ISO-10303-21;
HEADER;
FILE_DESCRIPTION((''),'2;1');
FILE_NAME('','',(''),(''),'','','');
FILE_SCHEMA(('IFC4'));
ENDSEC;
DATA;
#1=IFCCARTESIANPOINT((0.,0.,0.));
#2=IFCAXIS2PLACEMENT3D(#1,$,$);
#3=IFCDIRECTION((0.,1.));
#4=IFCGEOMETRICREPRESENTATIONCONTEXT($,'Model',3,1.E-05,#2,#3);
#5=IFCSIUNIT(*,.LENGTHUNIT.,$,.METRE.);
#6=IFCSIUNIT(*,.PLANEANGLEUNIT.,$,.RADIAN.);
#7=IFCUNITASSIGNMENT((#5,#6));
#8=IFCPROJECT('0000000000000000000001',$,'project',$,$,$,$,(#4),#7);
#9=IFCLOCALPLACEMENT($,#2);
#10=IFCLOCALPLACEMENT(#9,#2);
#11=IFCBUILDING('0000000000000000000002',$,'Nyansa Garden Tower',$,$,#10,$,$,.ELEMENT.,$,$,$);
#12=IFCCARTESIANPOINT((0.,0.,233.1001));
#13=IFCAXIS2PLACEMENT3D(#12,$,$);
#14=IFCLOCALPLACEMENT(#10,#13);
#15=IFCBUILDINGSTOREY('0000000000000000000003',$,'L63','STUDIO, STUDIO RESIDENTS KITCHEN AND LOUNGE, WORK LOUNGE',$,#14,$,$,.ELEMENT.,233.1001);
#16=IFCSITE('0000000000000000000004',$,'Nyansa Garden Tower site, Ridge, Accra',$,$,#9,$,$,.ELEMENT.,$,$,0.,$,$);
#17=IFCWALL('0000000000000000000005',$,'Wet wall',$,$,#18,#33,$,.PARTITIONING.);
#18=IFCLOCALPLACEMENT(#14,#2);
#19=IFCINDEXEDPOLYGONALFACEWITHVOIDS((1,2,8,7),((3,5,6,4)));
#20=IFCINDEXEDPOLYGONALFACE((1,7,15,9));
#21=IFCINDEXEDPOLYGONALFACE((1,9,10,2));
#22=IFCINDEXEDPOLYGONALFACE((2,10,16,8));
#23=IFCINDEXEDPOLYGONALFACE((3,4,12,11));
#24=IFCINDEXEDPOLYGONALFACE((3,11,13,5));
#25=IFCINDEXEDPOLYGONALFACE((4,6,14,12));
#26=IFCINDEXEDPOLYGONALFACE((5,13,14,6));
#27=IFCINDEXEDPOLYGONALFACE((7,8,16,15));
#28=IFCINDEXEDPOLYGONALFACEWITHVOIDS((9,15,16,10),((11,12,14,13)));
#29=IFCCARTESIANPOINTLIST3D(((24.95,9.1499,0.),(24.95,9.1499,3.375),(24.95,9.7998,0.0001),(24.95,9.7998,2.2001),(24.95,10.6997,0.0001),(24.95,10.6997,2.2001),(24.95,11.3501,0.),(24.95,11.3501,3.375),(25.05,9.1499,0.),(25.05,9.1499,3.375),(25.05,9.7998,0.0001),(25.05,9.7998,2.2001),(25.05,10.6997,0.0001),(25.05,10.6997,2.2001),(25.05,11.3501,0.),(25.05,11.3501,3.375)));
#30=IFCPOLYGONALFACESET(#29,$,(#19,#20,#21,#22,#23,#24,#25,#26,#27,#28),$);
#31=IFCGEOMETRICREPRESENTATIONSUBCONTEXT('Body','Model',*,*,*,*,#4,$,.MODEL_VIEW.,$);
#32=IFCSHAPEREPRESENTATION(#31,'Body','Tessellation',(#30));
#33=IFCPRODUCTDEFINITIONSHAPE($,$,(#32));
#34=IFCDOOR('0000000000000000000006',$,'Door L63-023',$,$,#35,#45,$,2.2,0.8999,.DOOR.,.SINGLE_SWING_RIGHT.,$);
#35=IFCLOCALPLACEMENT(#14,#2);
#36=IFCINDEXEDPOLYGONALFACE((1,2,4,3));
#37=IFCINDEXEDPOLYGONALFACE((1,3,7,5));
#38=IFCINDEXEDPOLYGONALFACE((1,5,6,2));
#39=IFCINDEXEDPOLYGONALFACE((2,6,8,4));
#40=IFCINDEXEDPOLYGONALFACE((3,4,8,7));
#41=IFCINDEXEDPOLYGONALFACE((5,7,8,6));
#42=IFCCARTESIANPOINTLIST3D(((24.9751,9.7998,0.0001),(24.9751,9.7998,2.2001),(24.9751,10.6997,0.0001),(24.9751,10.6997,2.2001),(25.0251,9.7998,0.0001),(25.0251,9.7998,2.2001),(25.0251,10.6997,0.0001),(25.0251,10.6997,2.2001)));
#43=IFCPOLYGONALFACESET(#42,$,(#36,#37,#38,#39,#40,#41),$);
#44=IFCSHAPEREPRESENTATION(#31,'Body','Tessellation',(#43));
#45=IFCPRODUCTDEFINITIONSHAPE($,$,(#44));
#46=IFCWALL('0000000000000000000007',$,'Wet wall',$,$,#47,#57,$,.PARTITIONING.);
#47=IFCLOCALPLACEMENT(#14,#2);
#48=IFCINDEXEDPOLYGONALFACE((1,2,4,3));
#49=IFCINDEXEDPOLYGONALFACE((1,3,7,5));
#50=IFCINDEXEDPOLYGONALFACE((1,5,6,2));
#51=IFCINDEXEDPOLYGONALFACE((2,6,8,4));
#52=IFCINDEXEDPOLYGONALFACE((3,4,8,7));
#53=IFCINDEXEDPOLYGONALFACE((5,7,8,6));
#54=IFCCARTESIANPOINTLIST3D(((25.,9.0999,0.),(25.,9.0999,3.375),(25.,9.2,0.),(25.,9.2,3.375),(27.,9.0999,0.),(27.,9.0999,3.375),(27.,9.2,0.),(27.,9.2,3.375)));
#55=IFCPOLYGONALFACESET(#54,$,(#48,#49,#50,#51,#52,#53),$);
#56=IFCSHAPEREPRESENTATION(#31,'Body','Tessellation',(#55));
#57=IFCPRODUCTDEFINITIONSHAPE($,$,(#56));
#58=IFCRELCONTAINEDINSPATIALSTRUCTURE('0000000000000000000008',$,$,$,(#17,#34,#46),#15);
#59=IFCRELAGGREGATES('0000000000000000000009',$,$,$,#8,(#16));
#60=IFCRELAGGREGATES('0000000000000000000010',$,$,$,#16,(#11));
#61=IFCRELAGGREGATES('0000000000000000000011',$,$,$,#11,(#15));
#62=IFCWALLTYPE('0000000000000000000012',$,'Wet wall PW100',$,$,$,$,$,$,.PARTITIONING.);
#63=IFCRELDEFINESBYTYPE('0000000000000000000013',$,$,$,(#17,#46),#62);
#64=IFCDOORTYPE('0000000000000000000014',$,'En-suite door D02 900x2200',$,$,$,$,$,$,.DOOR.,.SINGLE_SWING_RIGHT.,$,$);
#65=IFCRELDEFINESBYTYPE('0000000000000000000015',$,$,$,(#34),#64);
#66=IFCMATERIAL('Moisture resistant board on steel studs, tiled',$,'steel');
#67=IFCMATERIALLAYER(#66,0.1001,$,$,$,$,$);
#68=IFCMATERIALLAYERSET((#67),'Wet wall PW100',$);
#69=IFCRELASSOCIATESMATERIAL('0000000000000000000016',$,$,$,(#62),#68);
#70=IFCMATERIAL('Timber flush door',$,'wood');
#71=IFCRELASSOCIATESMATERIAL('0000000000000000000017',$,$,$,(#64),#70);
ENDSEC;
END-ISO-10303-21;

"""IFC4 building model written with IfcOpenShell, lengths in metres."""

from ifc_helpers import new_model, si_unit, direction, frame, frame_2d, origin, place, context, subcontext, project, spatial, rectangle, extrude, material, layer, layer_set, type_object, element, fill, save


model = new_model("IFC4")

# Units and contexts
model_context = context("Model", 3, precision=1e-05, world=origin(), true_north=direction((0.0, 1.0)))
body_context = subcontext(model_context, "Body", "Model", "MODEL_VIEW")
ifc_project = project(units=[si_unit("LENGTHUNIT", "METRE"), si_unit("PLANEANGLEUNIT", "RADIAN")], contexts=[model_context])

# Site, building, storey
site_placement = place(None, origin())
site = spatial("IfcSite", under=ifc_project, at=site_placement, Name="Nyansa Garden Tower site, Ridge, Accra", CompositionType="ELEMENT", RefElevation=0.0)
building_placement = place(site_placement, origin())
building = spatial("IfcBuilding", under=site, at=building_placement, Name="Nyansa Garden Tower", CompositionType="ELEMENT")
storey_placement = place(building_placement, frame((0.0, 0.0, 233.1001)))
storey = spatial("IfcBuildingStorey", under=building, at=storey_placement, Name="L63", Description="STUDIO, STUDIO RESIDENTS KITCHEN AND LOUNGE, WORK LOUNGE", CompositionType="ELEMENT", Elevation=233.1001)

# Shared definitions
ifc_material_1 = material(Name="Moisture resistant board on steel studs, tiled", Category="steel")
ifc_layer_1 = layer(ifc_material_1, 0.1001)
ifc_layer_set_1 = layer_set([ifc_layer_1], Name="Wet wall PW100")
wall_type_1 = type_object("IfcWallType", Name="Wet wall PW100", PredefinedType="PARTITIONING", material=ifc_layer_set_1)
ifc_material_2 = material(Name="Timber flush door", Category="wood")
door_type_1 = type_object("IfcDoorType", Name="En-suite door D02 900x2200", OperationType="SINGLE_SWING_RIGHT", PredefinedType="DOOR", material=ifc_material_2)

# Wall, opening, door
wall_1_placement = place(storey_placement, frame((25.0, 9.1499, 0.0), z_axis=(0.0, 0.0, 1.0), x_axis=(0.0, 1.0, 0.0)))
wall_1 = element("IfcWall", 1, at=wall_1_placement, inside=storey, type_object=wall_type_1, Name="Wet wall", PredefinedType="PARTITIONING", context=body_context, shape_type="SweptSolid", body=[
    extrude(rectangle(XDim=2.2002, YDim=0.1001, at=frame_2d((1.1001, 0.0))), origin(), (0.0, 0.0, 1.0), 3.375),
])
opening_1_placement = place(wall_1_placement, frame((0.6499, 0.0, 0.0)))
opening_1 = element("IfcOpeningElement", 2, at=opening_1_placement, cuts=wall_1, PredefinedType="OPENING", context=body_context, shape_type="SweptSolid", body=[
    extrude(rectangle(XDim=0.8999, YDim=2.2, at=frame_2d((0.45, 1.1001))), frame((0.0, 0.0601, 0.0), z_axis=(0.0, -1.0, 0.0), x_axis=(1.0, 0.0, 0.0)), (0.0, 0.0, 1.0), 0.1201),
])
door_1_placement = place(opening_1_placement, origin())
door_1 = element("IfcDoor", 3, at=door_1_placement, inside=storey, type_object=door_type_1, Name="Door L63-023", OperationType="SINGLE_SWING_RIGHT", OverallHeight=2.2, OverallWidth=0.8999, PredefinedType="DOOR", context=body_context, shape_type="SweptSolid", body=[
    extrude(rectangle(XDim=0.8999, YDim=2.2, at=frame_2d((0.45, 1.1001))), frame((0.0, 0.0249, 0.0), z_axis=(0.0, -1.0, 0.0), x_axis=(1.0, 0.0, 0.0)), (0.0, 0.0, 1.0), 0.05),
])
fill(opening_1, door_1)

# Wall
wall_2_placement = place(storey_placement, frame((25.0, 9.1499, 0.0), z_axis=(0.0, 0.0, 1.0), x_axis=(1.0, 0.0, 0.0)))
element("IfcWall", 4, at=wall_2_placement, inside=storey, type_object=wall_type_1, Name="Wet wall", PredefinedType="PARTITIONING", context=body_context, shape_type="SweptSolid", body=[
    extrude(rectangle(XDim=2.0, YDim=0.1001, at=frame_2d((1.0, 0.0))), origin(), (0.0, 0.0, 1.0), 3.375),
])

save(model, "model.ifc")
